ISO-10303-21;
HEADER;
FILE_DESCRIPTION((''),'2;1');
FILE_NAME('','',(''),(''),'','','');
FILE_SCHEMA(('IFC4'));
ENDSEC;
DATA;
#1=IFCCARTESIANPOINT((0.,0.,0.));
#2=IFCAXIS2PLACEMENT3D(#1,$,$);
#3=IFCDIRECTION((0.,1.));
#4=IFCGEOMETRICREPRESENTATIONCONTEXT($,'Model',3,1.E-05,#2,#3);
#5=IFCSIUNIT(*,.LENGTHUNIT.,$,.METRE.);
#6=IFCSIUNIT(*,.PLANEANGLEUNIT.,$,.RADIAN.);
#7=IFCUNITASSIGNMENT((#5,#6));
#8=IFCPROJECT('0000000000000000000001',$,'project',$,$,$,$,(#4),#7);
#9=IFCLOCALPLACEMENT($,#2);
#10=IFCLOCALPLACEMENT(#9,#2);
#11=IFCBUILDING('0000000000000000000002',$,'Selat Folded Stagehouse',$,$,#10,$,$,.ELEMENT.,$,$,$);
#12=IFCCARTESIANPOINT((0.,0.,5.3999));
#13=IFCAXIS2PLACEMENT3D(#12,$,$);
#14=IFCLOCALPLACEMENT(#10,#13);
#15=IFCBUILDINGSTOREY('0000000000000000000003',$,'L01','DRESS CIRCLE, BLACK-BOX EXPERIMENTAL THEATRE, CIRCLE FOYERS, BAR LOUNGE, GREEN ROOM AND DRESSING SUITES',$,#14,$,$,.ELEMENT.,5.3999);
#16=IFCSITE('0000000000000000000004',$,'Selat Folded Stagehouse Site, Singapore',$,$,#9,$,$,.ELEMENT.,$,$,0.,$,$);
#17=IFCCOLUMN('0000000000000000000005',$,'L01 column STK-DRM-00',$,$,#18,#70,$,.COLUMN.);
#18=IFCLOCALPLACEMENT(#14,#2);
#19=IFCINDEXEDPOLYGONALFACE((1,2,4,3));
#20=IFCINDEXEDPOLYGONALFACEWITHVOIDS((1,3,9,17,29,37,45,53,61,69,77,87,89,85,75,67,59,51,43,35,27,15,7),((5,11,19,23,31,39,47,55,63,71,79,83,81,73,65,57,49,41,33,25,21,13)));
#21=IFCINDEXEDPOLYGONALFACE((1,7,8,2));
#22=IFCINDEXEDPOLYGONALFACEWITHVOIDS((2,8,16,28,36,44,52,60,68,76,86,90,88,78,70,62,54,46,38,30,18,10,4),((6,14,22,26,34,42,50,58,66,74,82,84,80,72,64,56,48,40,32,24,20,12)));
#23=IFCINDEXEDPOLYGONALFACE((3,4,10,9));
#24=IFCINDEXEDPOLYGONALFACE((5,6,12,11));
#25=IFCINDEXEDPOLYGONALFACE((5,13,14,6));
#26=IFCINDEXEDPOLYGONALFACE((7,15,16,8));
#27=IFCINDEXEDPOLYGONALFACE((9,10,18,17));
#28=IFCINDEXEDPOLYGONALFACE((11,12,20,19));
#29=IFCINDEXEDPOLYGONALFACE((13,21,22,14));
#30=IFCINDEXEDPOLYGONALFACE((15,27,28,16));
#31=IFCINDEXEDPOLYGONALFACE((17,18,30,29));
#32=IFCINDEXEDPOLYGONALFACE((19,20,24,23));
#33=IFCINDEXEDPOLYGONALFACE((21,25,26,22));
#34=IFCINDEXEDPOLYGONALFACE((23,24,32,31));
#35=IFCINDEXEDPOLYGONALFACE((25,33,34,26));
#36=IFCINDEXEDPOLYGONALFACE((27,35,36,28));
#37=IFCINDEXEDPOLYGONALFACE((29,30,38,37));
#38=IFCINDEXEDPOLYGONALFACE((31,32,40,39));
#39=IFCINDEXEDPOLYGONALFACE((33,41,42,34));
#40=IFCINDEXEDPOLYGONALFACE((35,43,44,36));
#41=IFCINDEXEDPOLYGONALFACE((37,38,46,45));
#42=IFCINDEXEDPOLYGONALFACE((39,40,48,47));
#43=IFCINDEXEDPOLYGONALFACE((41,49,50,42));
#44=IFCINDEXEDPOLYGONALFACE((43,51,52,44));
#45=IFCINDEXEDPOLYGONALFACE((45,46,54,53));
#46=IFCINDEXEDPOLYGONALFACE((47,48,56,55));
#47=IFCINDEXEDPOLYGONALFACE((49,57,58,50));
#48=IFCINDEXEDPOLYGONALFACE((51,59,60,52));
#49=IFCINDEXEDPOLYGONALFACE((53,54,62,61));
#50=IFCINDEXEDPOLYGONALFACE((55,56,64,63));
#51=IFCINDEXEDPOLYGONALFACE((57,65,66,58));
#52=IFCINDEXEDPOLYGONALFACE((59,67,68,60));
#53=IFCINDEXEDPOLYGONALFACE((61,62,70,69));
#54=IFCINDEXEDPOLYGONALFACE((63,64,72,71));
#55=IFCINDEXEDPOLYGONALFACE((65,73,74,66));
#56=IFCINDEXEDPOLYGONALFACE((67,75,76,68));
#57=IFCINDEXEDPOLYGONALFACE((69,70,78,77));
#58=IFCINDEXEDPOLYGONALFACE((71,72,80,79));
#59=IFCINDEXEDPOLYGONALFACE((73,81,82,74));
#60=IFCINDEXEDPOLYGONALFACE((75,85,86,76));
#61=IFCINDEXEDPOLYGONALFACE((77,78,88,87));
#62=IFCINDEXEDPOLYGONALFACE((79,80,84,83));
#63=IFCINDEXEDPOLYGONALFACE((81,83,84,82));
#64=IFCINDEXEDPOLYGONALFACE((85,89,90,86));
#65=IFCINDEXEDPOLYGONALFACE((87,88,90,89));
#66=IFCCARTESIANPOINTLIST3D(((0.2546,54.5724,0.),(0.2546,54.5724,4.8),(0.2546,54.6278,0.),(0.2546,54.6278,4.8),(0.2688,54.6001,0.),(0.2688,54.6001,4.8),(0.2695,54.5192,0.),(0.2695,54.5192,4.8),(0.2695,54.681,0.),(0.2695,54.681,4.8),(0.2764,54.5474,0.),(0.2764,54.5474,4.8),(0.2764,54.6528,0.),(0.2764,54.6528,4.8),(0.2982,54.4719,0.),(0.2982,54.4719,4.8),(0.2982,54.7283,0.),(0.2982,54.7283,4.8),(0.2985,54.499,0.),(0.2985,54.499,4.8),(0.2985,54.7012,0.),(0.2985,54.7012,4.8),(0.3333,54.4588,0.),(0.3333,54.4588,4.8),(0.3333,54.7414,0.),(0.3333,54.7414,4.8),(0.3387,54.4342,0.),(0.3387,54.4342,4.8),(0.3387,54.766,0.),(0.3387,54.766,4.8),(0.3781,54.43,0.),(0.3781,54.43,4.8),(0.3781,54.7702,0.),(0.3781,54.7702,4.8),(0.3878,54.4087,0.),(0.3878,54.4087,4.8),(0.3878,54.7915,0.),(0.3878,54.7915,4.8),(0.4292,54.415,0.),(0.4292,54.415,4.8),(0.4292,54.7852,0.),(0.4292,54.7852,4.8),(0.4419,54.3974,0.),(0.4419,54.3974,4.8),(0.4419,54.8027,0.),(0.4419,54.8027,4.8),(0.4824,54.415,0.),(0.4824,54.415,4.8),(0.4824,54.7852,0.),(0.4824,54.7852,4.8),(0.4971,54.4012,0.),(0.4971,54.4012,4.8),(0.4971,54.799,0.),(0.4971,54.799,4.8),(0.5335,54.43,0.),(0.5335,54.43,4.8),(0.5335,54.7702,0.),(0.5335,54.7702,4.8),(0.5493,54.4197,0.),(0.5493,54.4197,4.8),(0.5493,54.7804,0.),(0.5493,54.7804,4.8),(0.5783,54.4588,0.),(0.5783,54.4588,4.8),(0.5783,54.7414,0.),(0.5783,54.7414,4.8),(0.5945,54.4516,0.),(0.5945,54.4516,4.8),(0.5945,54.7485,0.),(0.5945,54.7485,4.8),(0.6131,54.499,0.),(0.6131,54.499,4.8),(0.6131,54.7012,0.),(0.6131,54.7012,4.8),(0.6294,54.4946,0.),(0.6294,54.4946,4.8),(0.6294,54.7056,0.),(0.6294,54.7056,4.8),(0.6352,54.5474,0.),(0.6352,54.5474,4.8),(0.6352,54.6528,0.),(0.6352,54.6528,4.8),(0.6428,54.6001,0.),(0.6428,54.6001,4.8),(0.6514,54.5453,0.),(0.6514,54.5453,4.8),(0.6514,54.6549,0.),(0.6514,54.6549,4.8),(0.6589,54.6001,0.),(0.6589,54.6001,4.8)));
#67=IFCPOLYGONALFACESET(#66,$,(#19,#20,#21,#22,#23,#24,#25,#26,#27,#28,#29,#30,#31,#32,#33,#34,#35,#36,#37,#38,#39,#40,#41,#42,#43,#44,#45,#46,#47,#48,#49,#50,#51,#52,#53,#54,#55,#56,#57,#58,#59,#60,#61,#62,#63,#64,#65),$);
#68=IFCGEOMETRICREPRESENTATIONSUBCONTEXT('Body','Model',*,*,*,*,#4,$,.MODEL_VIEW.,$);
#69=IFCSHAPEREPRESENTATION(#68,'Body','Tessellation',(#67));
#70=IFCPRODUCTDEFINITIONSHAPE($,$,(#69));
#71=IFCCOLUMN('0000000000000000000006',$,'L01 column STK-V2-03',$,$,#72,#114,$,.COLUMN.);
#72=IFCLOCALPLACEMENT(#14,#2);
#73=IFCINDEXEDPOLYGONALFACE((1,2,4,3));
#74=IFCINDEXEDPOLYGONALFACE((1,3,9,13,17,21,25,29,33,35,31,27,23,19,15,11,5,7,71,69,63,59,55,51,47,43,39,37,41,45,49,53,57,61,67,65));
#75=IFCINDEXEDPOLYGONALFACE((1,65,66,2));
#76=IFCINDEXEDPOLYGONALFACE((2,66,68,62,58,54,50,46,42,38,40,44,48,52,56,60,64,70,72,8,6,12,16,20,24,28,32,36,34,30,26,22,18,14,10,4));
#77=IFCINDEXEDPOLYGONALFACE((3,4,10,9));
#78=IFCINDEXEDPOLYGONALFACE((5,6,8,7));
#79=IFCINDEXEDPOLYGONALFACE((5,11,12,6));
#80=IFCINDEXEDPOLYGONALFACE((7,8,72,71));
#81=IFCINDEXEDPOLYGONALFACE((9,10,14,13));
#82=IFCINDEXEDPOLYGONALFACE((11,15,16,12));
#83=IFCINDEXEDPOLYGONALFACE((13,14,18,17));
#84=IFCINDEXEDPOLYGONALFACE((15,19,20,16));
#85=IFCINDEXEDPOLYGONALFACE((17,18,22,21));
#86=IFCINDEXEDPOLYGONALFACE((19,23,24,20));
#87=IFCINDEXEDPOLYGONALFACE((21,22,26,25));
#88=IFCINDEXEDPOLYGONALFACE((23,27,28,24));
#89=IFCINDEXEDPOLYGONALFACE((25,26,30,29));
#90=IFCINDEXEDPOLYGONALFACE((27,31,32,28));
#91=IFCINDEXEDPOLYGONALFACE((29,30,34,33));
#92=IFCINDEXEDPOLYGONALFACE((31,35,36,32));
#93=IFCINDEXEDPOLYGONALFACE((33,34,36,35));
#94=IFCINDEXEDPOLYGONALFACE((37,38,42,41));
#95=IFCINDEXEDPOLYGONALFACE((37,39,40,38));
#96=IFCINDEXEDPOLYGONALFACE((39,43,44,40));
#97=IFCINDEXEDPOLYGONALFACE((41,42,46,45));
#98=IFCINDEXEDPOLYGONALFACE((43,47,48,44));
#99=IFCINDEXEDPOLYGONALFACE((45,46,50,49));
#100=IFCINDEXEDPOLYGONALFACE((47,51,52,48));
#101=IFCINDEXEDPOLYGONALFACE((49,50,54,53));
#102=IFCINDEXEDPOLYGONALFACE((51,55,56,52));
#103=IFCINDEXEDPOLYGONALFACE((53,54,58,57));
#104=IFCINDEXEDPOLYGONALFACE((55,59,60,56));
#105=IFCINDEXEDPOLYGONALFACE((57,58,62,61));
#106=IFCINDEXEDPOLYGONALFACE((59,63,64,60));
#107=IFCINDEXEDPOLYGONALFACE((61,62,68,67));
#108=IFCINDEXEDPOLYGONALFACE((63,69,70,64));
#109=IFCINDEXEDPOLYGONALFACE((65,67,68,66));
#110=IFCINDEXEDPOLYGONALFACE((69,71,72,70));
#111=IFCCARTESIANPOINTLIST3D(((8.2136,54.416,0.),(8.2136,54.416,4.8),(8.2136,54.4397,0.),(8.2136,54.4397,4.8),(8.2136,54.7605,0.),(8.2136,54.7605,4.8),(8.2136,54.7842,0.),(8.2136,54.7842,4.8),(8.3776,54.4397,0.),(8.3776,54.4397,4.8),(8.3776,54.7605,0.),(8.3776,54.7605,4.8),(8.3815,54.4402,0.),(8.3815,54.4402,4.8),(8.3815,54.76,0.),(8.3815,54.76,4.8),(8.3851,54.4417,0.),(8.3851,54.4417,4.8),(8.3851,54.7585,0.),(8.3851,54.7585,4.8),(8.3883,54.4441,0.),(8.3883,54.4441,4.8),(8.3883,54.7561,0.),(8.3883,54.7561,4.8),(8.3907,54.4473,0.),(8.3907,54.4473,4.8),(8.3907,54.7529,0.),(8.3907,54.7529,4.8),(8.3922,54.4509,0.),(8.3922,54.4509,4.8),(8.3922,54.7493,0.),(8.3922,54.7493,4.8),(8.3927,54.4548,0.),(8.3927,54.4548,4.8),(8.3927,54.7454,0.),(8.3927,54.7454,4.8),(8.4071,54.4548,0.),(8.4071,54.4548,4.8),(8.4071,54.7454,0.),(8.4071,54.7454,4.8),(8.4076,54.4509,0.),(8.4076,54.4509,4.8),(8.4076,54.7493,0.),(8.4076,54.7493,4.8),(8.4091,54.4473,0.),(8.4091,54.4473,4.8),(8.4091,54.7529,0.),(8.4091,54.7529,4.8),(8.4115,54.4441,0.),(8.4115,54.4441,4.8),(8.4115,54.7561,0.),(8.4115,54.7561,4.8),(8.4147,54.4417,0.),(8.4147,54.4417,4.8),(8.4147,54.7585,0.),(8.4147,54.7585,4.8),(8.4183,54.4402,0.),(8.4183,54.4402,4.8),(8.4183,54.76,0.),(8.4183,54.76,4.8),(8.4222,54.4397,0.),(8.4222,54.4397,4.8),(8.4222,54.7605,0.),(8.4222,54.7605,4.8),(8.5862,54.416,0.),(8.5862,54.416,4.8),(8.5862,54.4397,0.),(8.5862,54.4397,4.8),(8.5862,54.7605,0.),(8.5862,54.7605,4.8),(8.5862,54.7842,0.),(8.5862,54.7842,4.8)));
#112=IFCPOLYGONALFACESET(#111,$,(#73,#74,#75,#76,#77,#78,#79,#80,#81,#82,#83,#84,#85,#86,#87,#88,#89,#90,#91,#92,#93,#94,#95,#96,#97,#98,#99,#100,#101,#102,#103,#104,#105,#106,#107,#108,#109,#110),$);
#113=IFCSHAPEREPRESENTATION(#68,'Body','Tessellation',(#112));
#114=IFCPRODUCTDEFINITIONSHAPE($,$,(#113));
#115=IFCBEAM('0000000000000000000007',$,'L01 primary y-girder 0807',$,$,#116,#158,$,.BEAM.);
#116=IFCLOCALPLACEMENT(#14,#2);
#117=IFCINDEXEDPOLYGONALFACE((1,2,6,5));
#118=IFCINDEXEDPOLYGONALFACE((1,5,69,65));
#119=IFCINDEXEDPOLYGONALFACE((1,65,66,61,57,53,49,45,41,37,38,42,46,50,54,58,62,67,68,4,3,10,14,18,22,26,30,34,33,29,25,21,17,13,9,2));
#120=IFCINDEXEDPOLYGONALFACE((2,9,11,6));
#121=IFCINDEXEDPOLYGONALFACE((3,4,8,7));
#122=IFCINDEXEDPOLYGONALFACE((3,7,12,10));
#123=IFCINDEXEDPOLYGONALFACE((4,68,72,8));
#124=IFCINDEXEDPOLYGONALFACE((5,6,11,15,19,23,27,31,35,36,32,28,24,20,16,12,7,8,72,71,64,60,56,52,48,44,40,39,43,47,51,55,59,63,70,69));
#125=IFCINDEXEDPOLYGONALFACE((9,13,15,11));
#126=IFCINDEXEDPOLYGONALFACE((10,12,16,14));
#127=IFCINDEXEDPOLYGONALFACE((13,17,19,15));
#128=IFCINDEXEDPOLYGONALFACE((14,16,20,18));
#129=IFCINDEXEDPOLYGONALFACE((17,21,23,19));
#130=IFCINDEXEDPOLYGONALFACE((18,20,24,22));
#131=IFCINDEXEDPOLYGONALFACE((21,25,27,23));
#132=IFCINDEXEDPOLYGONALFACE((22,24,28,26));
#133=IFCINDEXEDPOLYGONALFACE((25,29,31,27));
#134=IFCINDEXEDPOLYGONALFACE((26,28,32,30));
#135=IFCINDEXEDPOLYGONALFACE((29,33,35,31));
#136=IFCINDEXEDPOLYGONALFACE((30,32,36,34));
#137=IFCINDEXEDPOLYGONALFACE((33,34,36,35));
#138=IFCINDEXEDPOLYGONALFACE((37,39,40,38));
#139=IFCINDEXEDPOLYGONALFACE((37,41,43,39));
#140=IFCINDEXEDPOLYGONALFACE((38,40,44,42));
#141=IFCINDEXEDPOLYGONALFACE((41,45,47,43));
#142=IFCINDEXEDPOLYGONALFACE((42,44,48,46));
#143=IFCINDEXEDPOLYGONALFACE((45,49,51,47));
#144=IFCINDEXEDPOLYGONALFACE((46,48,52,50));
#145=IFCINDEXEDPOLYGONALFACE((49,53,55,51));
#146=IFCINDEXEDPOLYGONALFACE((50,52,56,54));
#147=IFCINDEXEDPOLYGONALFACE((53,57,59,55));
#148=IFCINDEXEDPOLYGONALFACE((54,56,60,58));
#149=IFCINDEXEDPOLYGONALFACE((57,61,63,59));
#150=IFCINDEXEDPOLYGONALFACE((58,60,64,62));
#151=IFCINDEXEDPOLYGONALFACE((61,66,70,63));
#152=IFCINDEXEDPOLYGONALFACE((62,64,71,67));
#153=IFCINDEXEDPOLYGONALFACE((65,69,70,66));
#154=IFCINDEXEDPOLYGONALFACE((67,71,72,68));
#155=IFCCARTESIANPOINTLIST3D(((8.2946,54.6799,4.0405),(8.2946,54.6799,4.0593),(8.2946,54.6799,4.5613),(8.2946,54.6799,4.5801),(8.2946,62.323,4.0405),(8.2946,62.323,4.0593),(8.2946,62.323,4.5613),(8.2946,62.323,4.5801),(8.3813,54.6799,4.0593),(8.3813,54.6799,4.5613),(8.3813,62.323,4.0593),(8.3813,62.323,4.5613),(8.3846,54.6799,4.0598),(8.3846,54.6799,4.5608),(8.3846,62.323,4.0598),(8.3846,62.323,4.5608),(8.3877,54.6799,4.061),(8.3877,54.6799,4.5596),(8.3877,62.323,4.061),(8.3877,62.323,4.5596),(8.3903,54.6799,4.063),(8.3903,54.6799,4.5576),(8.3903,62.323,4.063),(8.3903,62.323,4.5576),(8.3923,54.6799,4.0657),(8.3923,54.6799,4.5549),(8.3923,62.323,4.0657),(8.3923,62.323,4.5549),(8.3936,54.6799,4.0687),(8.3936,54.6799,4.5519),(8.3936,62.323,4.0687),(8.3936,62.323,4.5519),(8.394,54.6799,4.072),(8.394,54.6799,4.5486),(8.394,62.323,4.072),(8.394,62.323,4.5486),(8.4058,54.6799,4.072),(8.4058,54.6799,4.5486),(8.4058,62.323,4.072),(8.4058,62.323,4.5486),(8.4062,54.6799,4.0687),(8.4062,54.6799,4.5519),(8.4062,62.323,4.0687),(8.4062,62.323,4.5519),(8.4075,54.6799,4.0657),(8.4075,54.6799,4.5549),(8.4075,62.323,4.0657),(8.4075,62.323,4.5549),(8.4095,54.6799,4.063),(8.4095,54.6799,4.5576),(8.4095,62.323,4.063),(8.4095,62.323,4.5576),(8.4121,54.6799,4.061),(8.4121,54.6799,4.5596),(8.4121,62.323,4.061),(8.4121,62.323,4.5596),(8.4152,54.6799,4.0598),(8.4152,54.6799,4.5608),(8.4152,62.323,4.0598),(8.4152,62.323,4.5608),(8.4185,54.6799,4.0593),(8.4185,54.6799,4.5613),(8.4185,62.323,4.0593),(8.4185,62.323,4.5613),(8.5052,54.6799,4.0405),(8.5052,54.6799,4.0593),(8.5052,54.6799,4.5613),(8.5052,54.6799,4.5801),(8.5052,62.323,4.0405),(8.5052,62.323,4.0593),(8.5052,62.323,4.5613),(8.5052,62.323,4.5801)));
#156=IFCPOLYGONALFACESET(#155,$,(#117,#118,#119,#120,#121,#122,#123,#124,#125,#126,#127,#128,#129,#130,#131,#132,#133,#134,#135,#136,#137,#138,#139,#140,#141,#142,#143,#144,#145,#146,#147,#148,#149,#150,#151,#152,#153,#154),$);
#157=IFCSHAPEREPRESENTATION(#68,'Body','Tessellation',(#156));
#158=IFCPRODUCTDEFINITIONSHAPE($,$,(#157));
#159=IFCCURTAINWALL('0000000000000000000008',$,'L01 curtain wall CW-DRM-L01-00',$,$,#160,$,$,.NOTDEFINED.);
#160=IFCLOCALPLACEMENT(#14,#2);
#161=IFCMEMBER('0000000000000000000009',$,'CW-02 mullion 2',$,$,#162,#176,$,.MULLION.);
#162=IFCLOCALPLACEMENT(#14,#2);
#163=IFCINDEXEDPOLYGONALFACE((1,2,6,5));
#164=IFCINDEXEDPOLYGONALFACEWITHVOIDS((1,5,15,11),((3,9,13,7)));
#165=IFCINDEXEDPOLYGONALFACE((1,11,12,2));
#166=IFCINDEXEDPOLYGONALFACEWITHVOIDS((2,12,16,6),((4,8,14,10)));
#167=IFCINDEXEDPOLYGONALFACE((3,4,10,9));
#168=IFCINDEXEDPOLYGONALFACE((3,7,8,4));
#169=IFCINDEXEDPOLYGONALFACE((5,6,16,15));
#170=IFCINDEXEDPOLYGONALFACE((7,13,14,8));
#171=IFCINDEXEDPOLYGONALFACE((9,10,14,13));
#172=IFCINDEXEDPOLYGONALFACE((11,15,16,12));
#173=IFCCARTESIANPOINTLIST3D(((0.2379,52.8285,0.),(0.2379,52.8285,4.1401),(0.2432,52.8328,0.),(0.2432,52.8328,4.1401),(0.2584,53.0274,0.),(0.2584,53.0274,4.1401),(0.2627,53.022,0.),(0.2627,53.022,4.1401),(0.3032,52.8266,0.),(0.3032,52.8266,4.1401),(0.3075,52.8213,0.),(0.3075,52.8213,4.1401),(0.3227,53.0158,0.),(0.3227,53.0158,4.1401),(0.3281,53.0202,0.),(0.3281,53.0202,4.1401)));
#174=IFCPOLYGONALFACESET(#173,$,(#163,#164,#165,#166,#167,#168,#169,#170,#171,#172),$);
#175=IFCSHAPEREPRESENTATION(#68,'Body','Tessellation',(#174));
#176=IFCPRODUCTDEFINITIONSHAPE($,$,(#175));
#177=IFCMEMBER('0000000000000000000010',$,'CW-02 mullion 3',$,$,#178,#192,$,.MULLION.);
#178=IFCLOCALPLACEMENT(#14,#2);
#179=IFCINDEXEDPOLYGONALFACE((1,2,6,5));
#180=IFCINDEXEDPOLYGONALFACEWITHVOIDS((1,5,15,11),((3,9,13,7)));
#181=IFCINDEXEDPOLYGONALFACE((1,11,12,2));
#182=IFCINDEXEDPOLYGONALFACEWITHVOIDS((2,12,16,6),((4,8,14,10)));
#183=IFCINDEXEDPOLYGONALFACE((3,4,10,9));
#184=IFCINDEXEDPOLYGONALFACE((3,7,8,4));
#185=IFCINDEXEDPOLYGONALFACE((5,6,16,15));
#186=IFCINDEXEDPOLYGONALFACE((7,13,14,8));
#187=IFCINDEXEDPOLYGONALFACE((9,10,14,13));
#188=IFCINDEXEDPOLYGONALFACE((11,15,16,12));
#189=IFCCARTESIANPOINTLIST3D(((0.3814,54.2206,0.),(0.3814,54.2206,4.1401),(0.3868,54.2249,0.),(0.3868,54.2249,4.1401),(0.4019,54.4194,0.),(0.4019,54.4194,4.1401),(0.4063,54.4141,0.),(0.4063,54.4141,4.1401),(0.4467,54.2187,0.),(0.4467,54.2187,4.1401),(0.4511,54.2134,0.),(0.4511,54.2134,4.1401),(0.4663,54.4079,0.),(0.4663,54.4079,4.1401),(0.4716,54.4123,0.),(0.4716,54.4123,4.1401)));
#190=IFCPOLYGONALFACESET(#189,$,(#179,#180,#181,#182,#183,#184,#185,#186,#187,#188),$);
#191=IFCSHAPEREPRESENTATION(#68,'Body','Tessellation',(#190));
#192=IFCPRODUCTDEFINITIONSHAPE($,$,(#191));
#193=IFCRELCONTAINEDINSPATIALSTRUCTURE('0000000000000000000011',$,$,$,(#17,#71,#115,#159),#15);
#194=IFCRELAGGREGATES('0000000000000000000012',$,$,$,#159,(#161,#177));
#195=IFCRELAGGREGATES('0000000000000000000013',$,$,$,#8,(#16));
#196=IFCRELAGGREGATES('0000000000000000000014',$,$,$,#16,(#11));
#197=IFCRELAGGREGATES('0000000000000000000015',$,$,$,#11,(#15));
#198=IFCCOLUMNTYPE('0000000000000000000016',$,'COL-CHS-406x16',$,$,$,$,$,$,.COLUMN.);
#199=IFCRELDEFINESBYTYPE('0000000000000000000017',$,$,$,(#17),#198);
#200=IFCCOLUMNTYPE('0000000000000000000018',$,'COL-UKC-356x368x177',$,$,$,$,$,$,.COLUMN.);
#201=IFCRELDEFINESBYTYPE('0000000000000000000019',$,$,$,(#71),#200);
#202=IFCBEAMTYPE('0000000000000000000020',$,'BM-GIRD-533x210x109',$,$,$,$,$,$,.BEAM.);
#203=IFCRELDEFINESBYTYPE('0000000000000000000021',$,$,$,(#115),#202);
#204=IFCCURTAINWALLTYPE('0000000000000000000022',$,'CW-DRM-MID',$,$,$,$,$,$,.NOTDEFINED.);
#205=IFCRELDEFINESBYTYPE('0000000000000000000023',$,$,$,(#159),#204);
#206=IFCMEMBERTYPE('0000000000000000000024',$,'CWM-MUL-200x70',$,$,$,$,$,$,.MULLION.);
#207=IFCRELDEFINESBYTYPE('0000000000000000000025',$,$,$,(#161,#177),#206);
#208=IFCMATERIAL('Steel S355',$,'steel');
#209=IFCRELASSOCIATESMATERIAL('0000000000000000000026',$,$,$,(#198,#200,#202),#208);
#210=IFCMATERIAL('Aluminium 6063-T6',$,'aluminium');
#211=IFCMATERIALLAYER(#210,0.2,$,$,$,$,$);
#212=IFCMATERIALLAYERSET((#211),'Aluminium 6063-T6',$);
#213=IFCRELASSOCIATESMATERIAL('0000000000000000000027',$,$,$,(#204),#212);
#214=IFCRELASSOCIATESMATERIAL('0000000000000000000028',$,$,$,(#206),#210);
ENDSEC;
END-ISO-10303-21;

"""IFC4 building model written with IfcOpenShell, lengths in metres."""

from ifc_helpers import new_model, si_unit, direction, frame, origin, origin_2d, place, context, subcontext, project, spatial, hollow_rectangle, hollow_circle, i_section, extrude, material, layer, layer_set, material_profile, profile_set, type_object, element, aggregate, save


model = new_model("IFC4")

# Units and contexts
model_context = context("Model", 3, precision=1e-05, world=origin(), true_north=direction((0.0, 1.0)))
body_context = subcontext(model_context, "Body", "Model", "MODEL_VIEW")
ifc_project = project(units=[si_unit("LENGTHUNIT", "METRE"), si_unit("PLANEANGLEUNIT", "RADIAN")], contexts=[model_context])

# Site, building, storey
site_placement = place(None, origin())
site = spatial("IfcSite", under=ifc_project, at=site_placement, Name="Selat Folded Stagehouse Site, Singapore", CompositionType="ELEMENT", RefElevation=0.0)
building_placement = place(site_placement, origin())
building = spatial("IfcBuilding", under=site, at=building_placement, Name="Selat Folded Stagehouse", CompositionType="ELEMENT")
storey_placement = place(building_placement, frame((0.0, 0.0, 5.3999)))
storey = spatial("IfcBuildingStorey", under=building, at=storey_placement, Name="L01", Description="DRESS CIRCLE, BLACK-BOX EXPERIMENTAL THEATRE, CIRCLE FOYERS, BAR LOUNGE, GREEN ROOM AND DRESSING SUITES", CompositionType="ELEMENT", Elevation=5.3999)

# Columns
ifc_material_1 = material(Name="Steel S355", Category="steel")
ifc_material_profile_1 = material_profile(ifc_material_1, hollow_circle(Radius=0.2031, WallThickness=0.0161, at=origin_2d()), Name="CHS 406.4x16.0")
ifc_profile_set_1 = profile_set([ifc_material_profile_1], Name="Steel S355")
column_type_1 = type_object("IfcColumnType", Name="COL-CHS-406x16", PredefinedType="COLUMN", material=ifc_profile_set_1)
column_1_placement = place(storey_placement, frame((0.4558, 54.6001, 0.0), z_axis=(0.0, 0.0, 1.0), x_axis=(1.0, 0.0, 0.0)))
element("IfcColumn", 1, at=column_1_placement, inside=storey, type_object=column_type_1, Name="L01 column STK-DRM-00", PredefinedType="COLUMN", context=body_context, shape_type="SweptSolid", body=[
    extrude(hollow_circle(Radius=0.2031, WallThickness=0.0161, at=origin_2d()), origin(), (0.0, 0.0, 1.0), 4.8),
])
ifc_material_profile_2 = material_profile(ifc_material_1, i_section(OverallWidth=0.3726, OverallDepth=0.3682, WebThickness=0.0144, FlangeThickness=0.0237, FilletRadius=0.0151, at=origin_2d()), Name="UKC 356x368x177")
ifc_profile_set_2 = profile_set([ifc_material_profile_2], Name="Steel S355")
column_type_2 = type_object("IfcColumnType", Name="COL-UKC-356x368x177", PredefinedType="COLUMN", material=ifc_profile_set_2)
column_2_placement = place(storey_placement, frame((8.3999, 54.6001, 0.0), z_axis=(0.0, 0.0, 1.0), x_axis=(1.0, 0.0, 0.0)))
element("IfcColumn", 2, at=column_2_placement, inside=storey, type_object=column_type_2, Name="L01 column STK-V2-03", PredefinedType="COLUMN", context=body_context, shape_type="SweptSolid", body=[
    extrude(i_section(OverallWidth=0.3726, OverallDepth=0.3682, WebThickness=0.0144, FlangeThickness=0.0237, FilletRadius=0.0151, at=origin_2d()), origin(), (0.0, 0.0, 1.0), 4.8),
])

# Beam
ifc_material_profile_3 = material_profile(ifc_material_1, i_section(OverallWidth=0.2107, OverallDepth=0.5396, WebThickness=0.0117, FlangeThickness=0.0188, FilletRadius=0.0127, at=origin_2d()), Name="UKB 533x210x109")
ifc_profile_set_3 = profile_set([ifc_material_profile_3], Name="Steel S355")
beam_type_1 = type_object("IfcBeamType", Name="BM-GIRD-533x210x109", PredefinedType="BEAM", material=ifc_profile_set_3)
beam_1_placement = place(storey_placement, frame((8.3999, 54.6799, 4.3103), z_axis=(0.0, 1.0, 0.0), x_axis=(-1.0, 0.0, 0.0)))
element("IfcBeam", 3, at=beam_1_placement, inside=storey, type_object=beam_type_1, Name="L01 primary y-girder 0807", PredefinedType="BEAM", context=body_context, shape_type="SweptSolid", body=[
    extrude(i_section(OverallWidth=0.2107, OverallDepth=0.5396, WebThickness=0.0117, FlangeThickness=0.0188, FilletRadius=0.0127, at=origin_2d()), origin(), (0.0, 0.0, 1.0), 7.6431),
])

# Curtain wall, members
ifc_material_2 = material(Name="Aluminium 6063-T6", Category="aluminium")
ifc_layer_1 = layer(ifc_material_2, 0.2)
ifc_layer_set_1 = layer_set([ifc_layer_1], Name="Aluminium 6063-T6")
curtain_wall_type = type_object("IfcCurtainWallType", Name="CW-DRM-MID", PredefinedType="NOTDEFINED", material=ifc_layer_set_1)
curtain_wall_placement = place(storey_placement, origin())
curtain_wall = element("IfcCurtainWall", 4, at=curtain_wall_placement, inside=storey, type_object=curtain_wall_type, Name="L01 curtain wall CW-DRM-L01-00", PredefinedType="NOTDEFINED")
ifc_material_profile_4 = material_profile(ifc_material_2, hollow_rectangle(XDim=0.0701, YDim=0.2, WallThickness=0.0049, at=origin_2d()), Name="ALU 200x70x5.0")
ifc_profile_set_4 = profile_set([ifc_material_profile_4], Name="Aluminium 6063-T6")
member_type_1 = type_object("IfcMemberType", Name="CWM-MUL-200x70", PredefinedType="MULLION", material=ifc_profile_set_4)
member_1_placement = place(storey_placement, frame((0.283, 52.9243, 0.0), z_axis=(0.0, 0.0, 1.0), x_axis=(-0.994721, 0.102616, 0.0)))
member_1 = element("IfcMember", 5, at=member_1_placement, type_object=member_type_1, Name="CW-02 mullion 2", PredefinedType="MULLION", context=body_context, shape_type="SweptSolid", body=[
    extrude(hollow_rectangle(XDim=0.0701, YDim=0.2, WallThickness=0.0049, at=origin_2d()), origin(), (0.0, 0.0, 1.0), 4.1401),
])
member_2_placement = place(storey_placement, frame((0.4265, 54.3164, 0.0), z_axis=(0.0, 0.0, 1.0), x_axis=(-0.994721, 0.102616, 0.0)))
member_2 = element("IfcMember", 6, at=member_2_placement, type_object=member_type_1, Name="CW-02 mullion 3", PredefinedType="MULLION", context=body_context, shape_type="SweptSolid", body=[
    extrude(hollow_rectangle(XDim=0.0701, YDim=0.2, WallThickness=0.0049, at=origin_2d()), origin(), (0.0, 0.0, 1.0), 4.1401),
])

aggregate(curtain_wall, [member_1, member_2])

save(model, "model.ifc")
